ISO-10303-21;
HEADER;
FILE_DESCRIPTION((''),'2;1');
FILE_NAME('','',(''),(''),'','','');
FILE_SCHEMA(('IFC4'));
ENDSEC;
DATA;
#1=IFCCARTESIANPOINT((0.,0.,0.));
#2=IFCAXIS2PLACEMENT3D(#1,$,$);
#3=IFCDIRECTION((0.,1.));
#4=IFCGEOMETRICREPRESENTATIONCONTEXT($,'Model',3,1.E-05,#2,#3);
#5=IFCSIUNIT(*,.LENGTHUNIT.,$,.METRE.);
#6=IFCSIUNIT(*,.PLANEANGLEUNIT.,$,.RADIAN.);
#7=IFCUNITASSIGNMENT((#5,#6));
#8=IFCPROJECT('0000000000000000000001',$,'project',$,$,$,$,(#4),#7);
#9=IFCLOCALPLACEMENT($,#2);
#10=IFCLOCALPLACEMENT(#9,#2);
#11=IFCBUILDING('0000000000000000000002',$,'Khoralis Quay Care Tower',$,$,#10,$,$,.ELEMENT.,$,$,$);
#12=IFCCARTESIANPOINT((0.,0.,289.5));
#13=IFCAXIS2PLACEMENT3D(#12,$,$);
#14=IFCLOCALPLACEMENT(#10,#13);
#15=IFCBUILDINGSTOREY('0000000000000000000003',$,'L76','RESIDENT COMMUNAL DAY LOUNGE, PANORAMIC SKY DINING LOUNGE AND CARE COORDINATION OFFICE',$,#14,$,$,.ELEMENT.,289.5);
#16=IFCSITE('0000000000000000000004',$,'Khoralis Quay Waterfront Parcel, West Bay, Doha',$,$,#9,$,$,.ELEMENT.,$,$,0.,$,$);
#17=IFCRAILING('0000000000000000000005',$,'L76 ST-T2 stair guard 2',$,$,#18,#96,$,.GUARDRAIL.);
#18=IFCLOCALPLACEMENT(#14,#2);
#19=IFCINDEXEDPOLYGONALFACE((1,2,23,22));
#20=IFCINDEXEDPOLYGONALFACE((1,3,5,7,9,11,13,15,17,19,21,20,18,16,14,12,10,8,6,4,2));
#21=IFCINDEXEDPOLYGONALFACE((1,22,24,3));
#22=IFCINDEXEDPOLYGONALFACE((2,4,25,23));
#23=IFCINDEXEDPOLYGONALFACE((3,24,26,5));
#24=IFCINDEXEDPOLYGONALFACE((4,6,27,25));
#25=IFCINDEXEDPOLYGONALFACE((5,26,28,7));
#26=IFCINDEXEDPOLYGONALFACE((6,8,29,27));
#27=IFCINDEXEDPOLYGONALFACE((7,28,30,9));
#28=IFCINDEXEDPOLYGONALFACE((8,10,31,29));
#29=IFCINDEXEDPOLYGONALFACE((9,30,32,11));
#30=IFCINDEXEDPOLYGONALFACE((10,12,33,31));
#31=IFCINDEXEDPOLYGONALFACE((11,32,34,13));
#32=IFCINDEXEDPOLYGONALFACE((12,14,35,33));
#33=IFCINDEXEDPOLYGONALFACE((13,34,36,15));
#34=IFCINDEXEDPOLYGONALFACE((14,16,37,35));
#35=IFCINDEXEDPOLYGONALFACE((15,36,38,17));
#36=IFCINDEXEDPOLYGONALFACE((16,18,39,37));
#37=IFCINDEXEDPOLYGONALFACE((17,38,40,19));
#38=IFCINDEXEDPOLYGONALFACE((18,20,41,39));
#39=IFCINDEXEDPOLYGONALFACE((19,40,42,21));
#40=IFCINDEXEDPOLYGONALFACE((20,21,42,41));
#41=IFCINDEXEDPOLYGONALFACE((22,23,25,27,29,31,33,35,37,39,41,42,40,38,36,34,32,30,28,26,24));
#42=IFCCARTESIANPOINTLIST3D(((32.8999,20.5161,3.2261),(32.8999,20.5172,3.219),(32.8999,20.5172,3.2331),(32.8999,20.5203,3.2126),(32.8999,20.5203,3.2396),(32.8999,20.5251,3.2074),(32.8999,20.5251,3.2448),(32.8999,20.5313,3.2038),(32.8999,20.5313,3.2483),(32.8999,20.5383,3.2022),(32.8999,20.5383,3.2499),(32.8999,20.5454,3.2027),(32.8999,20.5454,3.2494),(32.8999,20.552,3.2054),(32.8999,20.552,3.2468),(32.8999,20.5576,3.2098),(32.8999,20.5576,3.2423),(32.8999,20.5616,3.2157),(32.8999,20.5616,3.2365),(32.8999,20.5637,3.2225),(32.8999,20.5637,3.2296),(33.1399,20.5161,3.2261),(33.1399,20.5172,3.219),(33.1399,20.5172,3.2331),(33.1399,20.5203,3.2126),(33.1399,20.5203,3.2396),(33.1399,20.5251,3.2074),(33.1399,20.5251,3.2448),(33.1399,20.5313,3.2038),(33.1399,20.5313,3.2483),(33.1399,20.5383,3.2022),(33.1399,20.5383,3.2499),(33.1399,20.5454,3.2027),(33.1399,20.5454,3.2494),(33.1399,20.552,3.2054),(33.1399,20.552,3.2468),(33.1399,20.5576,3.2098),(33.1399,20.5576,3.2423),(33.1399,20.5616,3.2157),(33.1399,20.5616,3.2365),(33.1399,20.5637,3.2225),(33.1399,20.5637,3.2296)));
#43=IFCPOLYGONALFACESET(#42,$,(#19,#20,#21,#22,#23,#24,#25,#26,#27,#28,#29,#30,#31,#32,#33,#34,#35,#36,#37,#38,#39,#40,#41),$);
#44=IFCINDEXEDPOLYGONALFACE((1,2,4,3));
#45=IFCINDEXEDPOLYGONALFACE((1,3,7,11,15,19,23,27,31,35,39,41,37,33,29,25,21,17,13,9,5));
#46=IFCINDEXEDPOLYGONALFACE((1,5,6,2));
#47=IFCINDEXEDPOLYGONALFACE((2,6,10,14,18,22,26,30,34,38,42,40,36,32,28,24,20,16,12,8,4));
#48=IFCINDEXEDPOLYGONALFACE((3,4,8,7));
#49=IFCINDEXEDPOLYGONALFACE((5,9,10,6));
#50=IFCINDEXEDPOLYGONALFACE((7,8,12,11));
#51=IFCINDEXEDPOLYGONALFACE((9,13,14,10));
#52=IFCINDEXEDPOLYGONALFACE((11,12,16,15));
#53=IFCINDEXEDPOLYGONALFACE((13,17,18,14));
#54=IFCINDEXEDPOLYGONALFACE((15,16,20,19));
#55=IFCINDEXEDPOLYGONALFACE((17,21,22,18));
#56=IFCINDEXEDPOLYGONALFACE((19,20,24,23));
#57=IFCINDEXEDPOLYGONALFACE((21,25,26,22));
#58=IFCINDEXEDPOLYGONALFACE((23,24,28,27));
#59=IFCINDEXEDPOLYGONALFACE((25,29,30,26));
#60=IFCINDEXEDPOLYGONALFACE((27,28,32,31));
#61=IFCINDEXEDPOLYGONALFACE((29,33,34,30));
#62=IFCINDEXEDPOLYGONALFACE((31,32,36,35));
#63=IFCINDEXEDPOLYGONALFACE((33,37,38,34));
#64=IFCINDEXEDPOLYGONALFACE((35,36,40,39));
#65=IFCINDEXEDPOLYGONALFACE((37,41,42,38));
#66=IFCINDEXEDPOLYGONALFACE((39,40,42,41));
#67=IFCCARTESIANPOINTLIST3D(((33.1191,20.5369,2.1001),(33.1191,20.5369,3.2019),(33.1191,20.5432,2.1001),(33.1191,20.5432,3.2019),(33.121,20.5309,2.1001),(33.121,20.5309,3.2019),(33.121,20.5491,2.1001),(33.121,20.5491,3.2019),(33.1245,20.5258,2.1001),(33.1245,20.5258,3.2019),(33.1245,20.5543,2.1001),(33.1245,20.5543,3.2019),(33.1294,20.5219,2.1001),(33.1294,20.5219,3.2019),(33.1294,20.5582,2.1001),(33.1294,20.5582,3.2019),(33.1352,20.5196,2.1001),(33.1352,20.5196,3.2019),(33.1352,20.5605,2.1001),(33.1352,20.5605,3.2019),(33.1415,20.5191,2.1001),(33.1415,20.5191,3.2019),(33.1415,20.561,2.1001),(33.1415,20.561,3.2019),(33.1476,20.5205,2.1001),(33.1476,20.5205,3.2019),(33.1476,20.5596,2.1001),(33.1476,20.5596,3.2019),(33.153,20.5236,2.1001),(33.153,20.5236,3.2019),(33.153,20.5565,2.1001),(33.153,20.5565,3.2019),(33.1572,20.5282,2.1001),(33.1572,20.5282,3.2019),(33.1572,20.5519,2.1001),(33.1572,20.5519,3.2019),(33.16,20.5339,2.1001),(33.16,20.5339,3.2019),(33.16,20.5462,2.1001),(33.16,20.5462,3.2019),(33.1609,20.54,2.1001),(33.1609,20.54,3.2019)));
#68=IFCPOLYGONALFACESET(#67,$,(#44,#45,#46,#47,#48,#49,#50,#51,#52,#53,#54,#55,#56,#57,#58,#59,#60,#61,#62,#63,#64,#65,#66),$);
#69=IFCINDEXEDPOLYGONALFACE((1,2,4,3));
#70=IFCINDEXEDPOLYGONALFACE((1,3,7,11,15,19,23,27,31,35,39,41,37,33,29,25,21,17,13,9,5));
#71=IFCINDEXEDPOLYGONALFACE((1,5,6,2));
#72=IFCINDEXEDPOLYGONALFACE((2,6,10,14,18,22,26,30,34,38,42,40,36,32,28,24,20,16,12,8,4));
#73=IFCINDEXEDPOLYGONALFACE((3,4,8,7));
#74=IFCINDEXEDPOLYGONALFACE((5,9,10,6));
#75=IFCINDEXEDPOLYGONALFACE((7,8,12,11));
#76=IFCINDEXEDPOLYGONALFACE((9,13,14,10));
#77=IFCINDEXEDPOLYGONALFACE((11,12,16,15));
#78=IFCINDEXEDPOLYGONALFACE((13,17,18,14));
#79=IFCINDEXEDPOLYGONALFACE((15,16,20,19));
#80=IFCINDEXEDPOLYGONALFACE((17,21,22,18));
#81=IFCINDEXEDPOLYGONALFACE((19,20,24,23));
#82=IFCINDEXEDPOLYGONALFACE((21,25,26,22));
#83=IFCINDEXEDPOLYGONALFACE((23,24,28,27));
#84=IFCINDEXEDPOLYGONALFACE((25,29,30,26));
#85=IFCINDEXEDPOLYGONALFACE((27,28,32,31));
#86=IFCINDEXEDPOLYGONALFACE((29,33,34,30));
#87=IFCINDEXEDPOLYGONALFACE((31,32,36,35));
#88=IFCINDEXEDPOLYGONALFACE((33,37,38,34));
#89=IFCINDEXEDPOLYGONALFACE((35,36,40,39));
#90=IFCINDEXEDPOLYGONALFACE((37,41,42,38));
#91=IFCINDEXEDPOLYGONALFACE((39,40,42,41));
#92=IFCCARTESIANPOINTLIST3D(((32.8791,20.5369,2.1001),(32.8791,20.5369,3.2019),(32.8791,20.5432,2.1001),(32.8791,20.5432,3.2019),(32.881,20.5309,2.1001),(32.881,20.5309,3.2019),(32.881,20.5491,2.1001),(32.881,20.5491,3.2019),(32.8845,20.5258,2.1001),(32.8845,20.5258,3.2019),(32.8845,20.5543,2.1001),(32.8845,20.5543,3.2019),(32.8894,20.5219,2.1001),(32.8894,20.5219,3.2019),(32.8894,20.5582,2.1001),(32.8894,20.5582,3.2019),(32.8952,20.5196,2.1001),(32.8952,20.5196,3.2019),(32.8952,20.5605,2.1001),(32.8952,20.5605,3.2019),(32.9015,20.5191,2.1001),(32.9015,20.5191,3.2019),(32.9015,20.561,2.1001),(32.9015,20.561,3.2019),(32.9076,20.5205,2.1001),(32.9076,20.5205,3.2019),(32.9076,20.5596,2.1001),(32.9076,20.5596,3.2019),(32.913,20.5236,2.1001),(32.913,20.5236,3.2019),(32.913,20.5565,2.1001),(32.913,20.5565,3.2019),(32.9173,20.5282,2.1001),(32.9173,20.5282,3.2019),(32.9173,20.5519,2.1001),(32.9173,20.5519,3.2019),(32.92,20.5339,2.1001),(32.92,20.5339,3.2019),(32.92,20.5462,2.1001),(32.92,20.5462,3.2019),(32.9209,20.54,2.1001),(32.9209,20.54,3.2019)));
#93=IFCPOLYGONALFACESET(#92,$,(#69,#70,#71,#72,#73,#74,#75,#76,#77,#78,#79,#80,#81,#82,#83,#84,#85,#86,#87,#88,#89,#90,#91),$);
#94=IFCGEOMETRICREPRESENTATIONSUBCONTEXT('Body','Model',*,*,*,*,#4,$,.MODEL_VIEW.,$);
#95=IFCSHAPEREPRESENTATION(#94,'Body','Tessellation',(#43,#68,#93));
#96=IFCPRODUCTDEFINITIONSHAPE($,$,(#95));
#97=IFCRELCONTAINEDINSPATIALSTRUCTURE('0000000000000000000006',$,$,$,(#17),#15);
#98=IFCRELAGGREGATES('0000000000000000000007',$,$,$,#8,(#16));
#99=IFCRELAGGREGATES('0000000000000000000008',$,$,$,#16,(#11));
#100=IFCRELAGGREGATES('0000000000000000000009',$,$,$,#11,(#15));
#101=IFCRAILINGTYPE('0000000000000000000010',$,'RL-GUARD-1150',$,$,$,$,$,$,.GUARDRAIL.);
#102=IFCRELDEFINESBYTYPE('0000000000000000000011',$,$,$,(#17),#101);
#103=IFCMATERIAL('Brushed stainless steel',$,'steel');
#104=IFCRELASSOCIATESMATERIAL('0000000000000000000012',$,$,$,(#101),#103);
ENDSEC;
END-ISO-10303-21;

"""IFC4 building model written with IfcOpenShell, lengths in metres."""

from ifc_helpers import new_model, si_unit, direction, frame, origin, origin_2d, place, context, subcontext, project, spatial, circle, extrude, material, type_object, element, save


model = new_model("IFC4")

# Units and contexts
model_context = context("Model", 3, precision=1e-05, world=origin(), true_north=direction((0.0, 1.0)))
body_context = subcontext(model_context, "Body", "Model", "MODEL_VIEW")
ifc_project = project(units=[si_unit("LENGTHUNIT", "METRE"), si_unit("PLANEANGLEUNIT", "RADIAN")], contexts=[model_context])

# Site, building, storey
site_placement = place(None, origin())
site = spatial("IfcSite", under=ifc_project, at=site_placement, Name="Khoralis Quay Waterfront Parcel, West Bay, Doha", CompositionType="ELEMENT", RefElevation=0.0)
building_placement = place(site_placement, origin())
building = spatial("IfcBuilding", under=site, at=building_placement, Name="Khoralis Quay Care Tower", CompositionType="ELEMENT")
storey_placement = place(building_placement, frame((0.0, 0.0, 289.5)))
storey = spatial("IfcBuildingStorey", under=building, at=storey_placement, Name="L76", Description="RESIDENT COMMUNAL DAY LOUNGE, PANORAMIC SKY DINING LOUNGE AND CARE COORDINATION OFFICE", CompositionType="ELEMENT", Elevation=289.5)

# Railing
ifc_material_1 = material(Name="Brushed stainless steel", Category="steel")
railing_type_1 = type_object("IfcRailingType", Name="RL-GUARD-1150", PredefinedType="GUARDRAIL", material=ifc_material_1)
railing_1_placement = place(storey_placement, frame((33.1399, 20.54, 2.1001)))
element("IfcRailing", 1, at=railing_1_placement, inside=storey, type_object=railing_type_1, Name="L76 ST-T2 stair guard 2", PredefinedType="GUARDRAIL", context=body_context, shape_type="SweptSolid", body=[
    extrude(circle(Radius=0.0239, at=origin_2d()), frame((0.0, 0.0, 1.126), z_axis=(-1.0, 0.0, 0.0), x_axis=(0.0, -1.0, 0.0)), (0.0, 0.0, 1.0), 0.24),
    extrude(circle(Radius=0.021, at=origin_2d()), origin(), (0.0, 0.0, 1.0), 1.1018),
    extrude(circle(Radius=0.021, at=origin_2d()), frame((-0.24, 0.0, 0.0)), (0.0, 0.0, 1.0), 1.1018),
])

save(model, "model.ifc")
